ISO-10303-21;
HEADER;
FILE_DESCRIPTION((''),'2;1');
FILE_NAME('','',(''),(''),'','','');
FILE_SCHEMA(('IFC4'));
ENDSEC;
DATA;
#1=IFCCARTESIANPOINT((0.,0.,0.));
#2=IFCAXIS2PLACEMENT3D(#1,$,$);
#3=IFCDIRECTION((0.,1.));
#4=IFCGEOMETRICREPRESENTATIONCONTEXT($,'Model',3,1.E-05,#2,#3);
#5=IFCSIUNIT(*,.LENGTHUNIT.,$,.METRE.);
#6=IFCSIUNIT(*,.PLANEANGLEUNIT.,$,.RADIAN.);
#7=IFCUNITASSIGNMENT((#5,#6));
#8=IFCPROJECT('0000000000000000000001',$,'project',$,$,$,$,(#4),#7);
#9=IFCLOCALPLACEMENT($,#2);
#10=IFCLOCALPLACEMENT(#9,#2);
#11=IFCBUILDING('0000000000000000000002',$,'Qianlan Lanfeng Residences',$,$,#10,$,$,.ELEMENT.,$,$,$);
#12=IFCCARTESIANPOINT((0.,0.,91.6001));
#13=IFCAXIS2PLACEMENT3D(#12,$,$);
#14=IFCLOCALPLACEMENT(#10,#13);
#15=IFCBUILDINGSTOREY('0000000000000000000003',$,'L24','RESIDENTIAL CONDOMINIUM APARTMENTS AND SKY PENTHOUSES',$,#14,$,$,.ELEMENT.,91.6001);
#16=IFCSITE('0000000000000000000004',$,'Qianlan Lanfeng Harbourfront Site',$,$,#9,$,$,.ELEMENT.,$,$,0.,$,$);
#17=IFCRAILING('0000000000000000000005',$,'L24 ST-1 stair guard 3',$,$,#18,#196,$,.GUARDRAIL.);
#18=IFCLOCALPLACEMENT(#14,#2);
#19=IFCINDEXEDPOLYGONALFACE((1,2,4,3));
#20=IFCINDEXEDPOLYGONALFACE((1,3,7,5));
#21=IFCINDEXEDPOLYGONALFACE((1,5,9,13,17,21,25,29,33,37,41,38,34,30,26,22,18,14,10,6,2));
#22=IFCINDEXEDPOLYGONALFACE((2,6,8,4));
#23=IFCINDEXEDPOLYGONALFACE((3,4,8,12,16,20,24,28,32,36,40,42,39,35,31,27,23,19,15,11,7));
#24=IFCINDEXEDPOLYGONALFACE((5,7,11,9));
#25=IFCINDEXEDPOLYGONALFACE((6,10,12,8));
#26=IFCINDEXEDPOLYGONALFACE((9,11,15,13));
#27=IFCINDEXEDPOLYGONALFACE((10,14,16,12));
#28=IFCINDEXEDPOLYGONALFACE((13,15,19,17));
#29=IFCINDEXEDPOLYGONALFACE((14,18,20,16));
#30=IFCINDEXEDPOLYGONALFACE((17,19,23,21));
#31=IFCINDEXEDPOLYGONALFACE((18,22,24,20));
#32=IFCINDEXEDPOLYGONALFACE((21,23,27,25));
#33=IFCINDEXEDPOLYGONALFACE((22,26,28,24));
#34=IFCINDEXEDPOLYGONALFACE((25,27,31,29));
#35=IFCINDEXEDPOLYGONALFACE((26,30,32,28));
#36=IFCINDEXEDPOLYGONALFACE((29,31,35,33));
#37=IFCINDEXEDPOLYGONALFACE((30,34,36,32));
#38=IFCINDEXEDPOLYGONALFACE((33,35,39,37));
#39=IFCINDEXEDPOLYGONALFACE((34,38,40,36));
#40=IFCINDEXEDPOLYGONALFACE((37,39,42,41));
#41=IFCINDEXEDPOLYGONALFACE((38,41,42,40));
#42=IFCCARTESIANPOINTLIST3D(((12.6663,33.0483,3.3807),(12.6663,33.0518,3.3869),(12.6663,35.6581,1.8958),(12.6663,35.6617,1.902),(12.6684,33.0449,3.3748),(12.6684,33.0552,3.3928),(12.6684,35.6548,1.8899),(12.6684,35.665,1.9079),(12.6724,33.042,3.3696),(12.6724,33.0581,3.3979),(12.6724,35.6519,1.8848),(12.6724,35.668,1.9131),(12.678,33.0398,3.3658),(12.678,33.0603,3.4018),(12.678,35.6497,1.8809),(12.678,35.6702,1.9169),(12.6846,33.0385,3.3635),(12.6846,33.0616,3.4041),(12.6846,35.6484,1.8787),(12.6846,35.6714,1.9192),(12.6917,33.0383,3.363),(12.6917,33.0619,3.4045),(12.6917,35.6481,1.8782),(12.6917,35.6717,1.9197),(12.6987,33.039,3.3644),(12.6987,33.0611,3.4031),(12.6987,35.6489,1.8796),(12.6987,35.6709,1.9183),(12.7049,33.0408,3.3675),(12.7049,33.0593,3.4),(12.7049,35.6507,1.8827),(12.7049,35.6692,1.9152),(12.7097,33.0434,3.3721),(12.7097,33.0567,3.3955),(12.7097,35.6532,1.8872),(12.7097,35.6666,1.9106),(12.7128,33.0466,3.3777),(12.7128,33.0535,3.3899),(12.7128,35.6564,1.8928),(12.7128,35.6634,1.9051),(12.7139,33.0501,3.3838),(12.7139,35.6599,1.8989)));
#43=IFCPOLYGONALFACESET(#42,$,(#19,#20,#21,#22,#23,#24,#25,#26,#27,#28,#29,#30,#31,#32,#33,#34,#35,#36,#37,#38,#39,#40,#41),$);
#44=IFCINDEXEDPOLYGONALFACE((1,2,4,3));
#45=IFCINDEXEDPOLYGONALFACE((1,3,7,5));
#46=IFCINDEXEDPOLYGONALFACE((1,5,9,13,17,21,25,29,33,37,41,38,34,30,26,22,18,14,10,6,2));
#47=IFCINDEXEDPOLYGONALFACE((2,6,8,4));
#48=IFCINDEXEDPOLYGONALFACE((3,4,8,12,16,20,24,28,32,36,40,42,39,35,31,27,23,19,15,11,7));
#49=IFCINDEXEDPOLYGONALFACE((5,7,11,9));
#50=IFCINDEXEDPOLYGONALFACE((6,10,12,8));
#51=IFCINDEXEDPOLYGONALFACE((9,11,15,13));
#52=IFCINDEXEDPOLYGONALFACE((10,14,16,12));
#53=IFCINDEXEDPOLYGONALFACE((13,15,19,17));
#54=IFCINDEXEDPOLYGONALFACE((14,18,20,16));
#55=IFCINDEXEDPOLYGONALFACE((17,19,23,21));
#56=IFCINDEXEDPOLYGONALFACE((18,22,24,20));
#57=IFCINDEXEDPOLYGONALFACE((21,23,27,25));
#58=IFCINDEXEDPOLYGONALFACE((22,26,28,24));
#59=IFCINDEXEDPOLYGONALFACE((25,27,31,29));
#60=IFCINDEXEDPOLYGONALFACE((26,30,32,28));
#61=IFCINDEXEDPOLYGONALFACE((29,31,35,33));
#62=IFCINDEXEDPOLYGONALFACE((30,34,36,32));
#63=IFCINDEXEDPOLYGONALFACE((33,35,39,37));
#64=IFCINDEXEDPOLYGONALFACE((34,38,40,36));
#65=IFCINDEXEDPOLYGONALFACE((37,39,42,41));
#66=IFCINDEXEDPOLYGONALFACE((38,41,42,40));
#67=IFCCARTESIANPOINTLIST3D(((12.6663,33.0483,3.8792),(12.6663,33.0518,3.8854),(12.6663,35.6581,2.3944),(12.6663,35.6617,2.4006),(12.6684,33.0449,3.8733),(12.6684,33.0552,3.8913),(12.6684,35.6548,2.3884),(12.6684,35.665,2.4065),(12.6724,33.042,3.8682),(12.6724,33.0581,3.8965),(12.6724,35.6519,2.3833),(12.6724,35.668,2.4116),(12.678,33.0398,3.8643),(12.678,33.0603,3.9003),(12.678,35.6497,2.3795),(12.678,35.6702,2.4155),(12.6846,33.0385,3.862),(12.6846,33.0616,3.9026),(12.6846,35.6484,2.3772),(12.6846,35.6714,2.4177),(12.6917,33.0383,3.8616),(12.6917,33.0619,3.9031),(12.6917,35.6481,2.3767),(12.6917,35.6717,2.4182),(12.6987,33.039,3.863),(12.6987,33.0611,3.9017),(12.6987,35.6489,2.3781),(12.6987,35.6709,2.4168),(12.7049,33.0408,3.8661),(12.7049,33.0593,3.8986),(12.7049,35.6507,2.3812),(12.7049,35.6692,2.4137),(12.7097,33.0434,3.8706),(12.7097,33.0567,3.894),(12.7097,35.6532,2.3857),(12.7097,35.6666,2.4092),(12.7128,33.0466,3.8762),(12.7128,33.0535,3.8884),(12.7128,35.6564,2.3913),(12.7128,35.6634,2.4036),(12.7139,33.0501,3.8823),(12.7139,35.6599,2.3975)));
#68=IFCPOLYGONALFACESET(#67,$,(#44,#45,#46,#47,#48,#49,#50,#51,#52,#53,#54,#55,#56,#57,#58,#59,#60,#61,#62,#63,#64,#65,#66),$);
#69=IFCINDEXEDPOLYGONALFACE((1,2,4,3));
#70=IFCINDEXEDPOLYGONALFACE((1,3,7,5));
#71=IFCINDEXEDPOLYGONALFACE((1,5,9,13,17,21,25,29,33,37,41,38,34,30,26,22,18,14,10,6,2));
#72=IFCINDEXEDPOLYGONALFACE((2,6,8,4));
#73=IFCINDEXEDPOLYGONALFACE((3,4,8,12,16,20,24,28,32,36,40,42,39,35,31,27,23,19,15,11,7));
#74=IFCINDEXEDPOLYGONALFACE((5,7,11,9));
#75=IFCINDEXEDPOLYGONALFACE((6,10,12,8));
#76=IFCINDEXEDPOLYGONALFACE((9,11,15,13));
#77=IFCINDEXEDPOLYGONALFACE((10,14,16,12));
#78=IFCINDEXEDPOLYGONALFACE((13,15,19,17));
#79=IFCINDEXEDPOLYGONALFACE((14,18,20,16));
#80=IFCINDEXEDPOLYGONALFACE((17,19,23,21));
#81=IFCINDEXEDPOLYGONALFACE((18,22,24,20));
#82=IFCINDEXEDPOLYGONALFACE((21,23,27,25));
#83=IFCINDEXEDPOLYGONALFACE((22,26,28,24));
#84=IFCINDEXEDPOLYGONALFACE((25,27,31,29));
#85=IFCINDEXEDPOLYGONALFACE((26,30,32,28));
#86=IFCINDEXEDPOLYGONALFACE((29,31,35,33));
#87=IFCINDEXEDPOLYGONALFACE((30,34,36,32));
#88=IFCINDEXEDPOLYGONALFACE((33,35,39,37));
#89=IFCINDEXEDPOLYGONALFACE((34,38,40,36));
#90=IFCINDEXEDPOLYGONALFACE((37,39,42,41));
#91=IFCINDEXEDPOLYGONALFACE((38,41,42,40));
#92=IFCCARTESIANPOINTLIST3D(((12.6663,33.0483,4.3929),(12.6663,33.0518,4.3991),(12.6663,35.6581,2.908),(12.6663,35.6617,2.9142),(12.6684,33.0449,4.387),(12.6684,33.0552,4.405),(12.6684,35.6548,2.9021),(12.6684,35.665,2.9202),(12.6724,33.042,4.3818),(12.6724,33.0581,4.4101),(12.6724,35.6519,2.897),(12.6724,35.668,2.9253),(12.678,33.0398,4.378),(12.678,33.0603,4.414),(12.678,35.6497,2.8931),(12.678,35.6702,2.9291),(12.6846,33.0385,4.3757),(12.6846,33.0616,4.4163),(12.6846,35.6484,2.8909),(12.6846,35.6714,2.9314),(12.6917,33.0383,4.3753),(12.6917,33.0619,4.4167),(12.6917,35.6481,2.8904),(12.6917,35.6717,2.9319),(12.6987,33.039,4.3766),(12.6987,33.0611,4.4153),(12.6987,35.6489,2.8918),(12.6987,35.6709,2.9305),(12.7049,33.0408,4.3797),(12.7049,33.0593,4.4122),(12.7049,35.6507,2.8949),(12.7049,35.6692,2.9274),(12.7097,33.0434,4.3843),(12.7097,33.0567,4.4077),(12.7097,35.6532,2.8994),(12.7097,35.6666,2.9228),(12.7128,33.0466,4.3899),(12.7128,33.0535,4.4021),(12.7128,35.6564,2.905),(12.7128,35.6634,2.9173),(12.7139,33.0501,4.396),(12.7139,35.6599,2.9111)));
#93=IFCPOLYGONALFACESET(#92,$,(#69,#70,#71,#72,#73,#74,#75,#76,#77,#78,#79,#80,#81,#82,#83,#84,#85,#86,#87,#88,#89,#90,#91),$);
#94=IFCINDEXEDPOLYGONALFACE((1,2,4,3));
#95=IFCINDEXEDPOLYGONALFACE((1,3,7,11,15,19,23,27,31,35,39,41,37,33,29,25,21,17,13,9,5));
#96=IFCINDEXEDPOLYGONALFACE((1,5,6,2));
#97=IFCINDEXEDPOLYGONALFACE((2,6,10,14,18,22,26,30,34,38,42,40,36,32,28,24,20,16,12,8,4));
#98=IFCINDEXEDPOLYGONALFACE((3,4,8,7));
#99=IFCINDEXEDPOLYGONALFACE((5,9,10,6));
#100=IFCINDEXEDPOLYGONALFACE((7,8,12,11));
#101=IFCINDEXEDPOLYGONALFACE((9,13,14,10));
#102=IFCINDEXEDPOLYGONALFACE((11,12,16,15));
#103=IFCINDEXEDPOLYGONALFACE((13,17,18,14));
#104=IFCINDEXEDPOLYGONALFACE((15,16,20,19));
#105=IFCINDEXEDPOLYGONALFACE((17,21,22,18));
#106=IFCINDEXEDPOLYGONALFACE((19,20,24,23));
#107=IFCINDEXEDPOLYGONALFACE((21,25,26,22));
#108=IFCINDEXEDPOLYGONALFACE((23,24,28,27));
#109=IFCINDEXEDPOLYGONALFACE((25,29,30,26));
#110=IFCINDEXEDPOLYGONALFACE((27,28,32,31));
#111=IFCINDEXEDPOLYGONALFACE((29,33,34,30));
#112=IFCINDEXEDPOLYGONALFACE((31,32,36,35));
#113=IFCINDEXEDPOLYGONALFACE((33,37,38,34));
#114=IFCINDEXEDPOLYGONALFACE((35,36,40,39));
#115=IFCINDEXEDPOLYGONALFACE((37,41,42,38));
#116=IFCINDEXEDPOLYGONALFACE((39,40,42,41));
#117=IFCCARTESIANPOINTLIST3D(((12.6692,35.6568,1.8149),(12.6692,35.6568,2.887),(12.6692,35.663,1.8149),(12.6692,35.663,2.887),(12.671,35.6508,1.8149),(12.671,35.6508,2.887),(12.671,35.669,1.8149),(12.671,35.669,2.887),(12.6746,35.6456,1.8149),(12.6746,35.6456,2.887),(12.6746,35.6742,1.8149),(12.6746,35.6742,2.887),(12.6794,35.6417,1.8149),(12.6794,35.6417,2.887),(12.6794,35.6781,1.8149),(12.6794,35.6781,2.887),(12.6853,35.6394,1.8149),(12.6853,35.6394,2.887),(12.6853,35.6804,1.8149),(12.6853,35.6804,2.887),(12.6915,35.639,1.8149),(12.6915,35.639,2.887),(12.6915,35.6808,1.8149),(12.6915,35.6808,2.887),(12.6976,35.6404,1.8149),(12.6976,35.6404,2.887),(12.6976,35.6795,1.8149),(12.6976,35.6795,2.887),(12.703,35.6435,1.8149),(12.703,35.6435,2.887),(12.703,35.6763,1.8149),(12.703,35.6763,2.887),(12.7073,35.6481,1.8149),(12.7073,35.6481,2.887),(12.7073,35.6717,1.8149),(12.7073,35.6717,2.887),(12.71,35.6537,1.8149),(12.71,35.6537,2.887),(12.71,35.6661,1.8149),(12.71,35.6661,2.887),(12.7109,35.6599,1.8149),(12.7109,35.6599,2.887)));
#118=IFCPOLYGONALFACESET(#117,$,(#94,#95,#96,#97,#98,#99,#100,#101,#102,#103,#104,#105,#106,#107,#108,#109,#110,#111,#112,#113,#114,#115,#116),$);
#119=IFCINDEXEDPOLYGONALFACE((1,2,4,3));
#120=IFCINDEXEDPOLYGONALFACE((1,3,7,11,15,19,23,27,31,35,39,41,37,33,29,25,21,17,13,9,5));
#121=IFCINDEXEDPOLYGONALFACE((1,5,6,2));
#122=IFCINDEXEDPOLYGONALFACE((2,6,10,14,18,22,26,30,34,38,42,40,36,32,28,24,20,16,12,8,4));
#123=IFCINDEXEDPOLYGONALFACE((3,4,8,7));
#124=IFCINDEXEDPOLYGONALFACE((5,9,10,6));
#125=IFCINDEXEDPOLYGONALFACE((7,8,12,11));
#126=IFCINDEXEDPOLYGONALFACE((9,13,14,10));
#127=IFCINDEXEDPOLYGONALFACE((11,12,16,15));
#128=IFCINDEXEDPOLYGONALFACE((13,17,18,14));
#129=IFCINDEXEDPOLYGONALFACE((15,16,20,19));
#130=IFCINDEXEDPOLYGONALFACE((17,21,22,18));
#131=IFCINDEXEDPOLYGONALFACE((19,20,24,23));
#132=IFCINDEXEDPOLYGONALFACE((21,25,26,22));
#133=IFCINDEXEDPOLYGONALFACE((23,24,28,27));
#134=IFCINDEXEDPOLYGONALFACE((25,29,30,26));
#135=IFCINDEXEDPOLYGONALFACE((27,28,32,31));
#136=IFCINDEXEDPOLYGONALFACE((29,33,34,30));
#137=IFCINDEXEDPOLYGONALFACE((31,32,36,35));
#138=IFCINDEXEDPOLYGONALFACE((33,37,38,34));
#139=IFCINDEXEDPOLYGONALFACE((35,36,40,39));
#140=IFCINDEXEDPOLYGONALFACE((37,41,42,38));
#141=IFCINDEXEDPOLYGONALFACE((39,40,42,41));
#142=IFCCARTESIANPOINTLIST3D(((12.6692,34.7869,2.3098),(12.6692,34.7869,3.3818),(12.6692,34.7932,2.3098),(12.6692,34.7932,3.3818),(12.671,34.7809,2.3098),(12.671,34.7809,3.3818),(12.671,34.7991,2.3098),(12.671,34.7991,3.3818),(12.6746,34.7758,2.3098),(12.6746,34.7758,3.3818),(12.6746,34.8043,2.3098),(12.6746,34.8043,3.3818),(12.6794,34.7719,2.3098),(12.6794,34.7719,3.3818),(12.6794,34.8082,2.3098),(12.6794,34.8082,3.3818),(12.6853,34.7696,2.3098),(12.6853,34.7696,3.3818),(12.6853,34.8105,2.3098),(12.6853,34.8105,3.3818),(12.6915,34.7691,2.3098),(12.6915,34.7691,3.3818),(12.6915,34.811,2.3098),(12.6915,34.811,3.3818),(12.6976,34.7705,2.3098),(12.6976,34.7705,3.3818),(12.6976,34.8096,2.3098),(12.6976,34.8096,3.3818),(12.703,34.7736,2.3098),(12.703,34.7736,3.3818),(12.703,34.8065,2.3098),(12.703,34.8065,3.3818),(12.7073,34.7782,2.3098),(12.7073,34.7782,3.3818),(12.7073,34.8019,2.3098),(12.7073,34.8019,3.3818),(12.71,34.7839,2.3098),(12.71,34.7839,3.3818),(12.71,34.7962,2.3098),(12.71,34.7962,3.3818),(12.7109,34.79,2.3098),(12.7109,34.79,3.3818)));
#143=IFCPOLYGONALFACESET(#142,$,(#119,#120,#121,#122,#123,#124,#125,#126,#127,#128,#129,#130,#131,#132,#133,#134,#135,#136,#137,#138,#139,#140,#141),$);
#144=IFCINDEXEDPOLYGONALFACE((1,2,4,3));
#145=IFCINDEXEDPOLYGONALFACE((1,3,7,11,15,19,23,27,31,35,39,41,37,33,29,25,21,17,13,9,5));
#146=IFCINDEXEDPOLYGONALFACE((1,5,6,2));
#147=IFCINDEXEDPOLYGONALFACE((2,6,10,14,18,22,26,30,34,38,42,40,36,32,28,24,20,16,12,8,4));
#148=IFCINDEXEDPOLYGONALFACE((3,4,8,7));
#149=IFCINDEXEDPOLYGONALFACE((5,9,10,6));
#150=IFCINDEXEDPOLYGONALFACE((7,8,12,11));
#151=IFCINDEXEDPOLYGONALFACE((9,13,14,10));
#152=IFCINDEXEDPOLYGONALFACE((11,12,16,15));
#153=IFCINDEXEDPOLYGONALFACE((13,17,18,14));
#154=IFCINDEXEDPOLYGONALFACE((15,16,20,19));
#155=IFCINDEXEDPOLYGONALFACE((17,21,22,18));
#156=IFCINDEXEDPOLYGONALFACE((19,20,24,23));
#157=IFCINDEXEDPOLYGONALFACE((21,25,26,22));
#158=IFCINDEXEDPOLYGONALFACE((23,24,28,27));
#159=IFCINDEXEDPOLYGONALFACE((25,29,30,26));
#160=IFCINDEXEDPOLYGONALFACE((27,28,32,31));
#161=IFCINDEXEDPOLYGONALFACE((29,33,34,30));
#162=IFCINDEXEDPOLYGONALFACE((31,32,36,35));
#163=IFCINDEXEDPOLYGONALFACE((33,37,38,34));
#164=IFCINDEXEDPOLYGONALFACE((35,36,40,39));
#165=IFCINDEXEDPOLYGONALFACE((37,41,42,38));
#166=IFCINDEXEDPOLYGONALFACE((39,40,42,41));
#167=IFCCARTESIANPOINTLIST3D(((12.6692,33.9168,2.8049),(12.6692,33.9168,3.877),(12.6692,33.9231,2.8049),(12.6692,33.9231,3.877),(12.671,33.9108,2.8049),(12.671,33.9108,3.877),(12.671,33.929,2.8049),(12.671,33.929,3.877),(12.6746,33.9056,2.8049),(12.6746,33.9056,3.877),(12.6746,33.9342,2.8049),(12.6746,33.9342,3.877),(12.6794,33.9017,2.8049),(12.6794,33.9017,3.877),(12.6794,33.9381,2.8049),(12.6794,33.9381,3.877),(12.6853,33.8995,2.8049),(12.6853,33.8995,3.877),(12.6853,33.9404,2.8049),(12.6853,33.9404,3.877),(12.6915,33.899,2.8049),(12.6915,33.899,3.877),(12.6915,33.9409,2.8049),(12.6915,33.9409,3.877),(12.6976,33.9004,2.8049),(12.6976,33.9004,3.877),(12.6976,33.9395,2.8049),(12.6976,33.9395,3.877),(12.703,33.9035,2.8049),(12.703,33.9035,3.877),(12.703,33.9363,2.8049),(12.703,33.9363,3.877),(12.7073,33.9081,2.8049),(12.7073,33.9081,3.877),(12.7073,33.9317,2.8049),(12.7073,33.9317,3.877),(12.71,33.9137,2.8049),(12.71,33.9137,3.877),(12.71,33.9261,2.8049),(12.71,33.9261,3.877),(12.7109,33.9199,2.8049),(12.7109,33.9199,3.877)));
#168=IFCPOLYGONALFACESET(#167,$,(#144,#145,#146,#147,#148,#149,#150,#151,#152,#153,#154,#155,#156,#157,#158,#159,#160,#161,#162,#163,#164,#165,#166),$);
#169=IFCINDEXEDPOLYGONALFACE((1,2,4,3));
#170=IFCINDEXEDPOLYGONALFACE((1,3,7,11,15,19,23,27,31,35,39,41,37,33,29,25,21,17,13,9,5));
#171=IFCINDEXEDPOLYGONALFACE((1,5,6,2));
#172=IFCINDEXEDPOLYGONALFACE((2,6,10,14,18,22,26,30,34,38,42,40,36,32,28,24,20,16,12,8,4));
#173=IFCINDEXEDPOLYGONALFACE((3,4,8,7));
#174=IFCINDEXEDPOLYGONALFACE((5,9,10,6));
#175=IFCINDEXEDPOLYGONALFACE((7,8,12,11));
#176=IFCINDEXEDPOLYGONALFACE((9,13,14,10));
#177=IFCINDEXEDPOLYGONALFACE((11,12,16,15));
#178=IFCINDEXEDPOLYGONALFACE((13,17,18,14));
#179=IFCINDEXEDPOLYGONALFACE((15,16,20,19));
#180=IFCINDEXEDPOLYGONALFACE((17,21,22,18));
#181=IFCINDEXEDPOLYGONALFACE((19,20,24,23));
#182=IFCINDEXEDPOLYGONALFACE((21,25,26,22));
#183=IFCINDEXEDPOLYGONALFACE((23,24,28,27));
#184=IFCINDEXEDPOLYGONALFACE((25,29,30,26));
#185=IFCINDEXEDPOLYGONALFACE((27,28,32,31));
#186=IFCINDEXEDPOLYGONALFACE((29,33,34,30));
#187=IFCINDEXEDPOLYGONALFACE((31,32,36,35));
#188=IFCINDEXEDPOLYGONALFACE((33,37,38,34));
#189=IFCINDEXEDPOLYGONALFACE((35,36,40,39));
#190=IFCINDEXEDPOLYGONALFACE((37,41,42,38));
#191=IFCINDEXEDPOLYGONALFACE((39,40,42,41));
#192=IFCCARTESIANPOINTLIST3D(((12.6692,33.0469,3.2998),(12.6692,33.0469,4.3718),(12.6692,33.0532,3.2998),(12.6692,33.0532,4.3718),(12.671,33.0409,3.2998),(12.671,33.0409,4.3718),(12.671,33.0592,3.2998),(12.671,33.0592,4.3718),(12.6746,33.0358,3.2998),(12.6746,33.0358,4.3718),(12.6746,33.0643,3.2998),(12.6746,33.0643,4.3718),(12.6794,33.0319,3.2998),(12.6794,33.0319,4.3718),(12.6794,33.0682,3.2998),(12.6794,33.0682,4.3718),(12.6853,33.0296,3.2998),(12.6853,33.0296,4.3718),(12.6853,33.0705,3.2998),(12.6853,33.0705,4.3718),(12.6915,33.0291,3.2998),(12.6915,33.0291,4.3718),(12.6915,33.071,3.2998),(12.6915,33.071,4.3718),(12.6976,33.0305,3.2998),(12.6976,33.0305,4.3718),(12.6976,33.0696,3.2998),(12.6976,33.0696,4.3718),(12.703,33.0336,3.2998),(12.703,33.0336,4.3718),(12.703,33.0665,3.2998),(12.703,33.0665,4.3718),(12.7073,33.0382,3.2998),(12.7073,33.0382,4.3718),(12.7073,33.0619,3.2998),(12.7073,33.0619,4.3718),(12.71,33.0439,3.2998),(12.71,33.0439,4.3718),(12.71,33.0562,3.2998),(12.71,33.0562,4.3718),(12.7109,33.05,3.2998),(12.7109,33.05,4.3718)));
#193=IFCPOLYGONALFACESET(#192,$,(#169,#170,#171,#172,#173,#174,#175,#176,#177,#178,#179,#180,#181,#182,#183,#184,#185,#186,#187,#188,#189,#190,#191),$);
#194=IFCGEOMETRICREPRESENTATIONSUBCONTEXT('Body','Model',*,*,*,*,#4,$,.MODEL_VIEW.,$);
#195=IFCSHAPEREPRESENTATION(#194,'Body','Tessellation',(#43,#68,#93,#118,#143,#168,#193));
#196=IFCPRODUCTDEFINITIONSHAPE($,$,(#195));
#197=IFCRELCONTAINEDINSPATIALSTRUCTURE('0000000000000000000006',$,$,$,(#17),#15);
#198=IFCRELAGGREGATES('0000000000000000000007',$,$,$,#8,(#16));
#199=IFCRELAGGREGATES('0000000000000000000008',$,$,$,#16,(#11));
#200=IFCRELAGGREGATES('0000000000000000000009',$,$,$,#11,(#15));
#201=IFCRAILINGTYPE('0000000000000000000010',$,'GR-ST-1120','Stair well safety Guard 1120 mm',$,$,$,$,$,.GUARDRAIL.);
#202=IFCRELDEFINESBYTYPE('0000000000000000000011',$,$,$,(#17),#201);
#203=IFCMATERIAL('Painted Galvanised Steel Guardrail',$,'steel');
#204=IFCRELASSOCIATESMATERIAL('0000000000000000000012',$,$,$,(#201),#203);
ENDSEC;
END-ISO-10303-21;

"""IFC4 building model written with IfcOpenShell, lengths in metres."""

from ifc_helpers import new_model, si_unit, direction, frame, origin, origin_2d, place, context, subcontext, project, spatial, circle, extrude, material, type_object, element, save


model = new_model("IFC4")

# Units and contexts
model_context = context("Model", 3, precision=1e-05, world=origin(), true_north=direction((0.0, 1.0)))
body_context = subcontext(model_context, "Body", "Model", "MODEL_VIEW")
ifc_project = project(units=[si_unit("LENGTHUNIT", "METRE"), si_unit("PLANEANGLEUNIT", "RADIAN")], contexts=[model_context])

# Site, building, storey
site_placement = place(None, origin())
site = spatial("IfcSite", under=ifc_project, at=site_placement, Name="Qianlan Lanfeng Harbourfront Site", CompositionType="ELEMENT", RefElevation=0.0)
building_placement = place(site_placement, origin())
building = spatial("IfcBuilding", under=site, at=building_placement, Name="Qianlan Lanfeng Residences", CompositionType="ELEMENT")
storey_placement = place(building_placement, frame((0.0, 0.0, 91.6001)))
storey = spatial("IfcBuildingStorey", under=building, at=storey_placement, Name="L24", Description="RESIDENTIAL CONDOMINIUM APARTMENTS AND SKY PENTHOUSES", CompositionType="ELEMENT", Elevation=91.6001)

# Railing
ifc_material_1 = material(Name="Painted Galvanised Steel Guardrail", Category="steel")
railing_type_1 = type_object("IfcRailingType", Name="GR-ST-1120", Description="Stair well safety Guard 1120 mm", PredefinedType="GUARDRAIL", material=ifc_material_1)
railing_1_placement = place(storey_placement, frame((12.6899, 35.6599, 1.8149)))
element("IfcRailing", 1, at=railing_1_placement, inside=storey, type_object=railing_type_1, Name="L24 ST-1 stair guard 3", PredefinedType="GUARDRAIL", context=body_context, shape_type="SweptSolid", body=[
    extrude(circle(Radius=0.0239, at=origin_2d()), frame((0.0, 0.0, 0.084), z_axis=(0.0, -0.869172, 0.494509), x_axis=(1.0, 0.0, 0.0)), (0.0, 0.0, 1.0), 3.0027),
    extrude(circle(Radius=0.0239, at=origin_2d()), frame((0.0, 0.0, 0.5825), z_axis=(0.0, -0.869172, 0.494509), x_axis=(1.0, 0.0, 0.0)), (0.0, 0.0, 1.0), 3.0027),
    extrude(circle(Radius=0.0239, at=origin_2d()), frame((0.0, 0.0, 1.0962), z_axis=(0.0, -0.869172, 0.494509), x_axis=(1.0, 0.0, 0.0)), (0.0, 0.0, 1.0), 3.0027),
    extrude(circle(Radius=0.021, at=origin_2d()), origin(), (0.0, 0.0, 1.0), 1.072),
    extrude(circle(Radius=0.021, at=origin_2d()), frame((0.0, -0.8699, 0.4949)), (0.0, 0.0, 1.0), 1.072),
    extrude(circle(Radius=0.021, at=origin_2d()), frame((0.0, -1.74, 0.99)), (0.0, 0.0, 1.0), 1.072),
    extrude(circle(Radius=0.021, at=origin_2d()), frame((0.0, -2.6099, 1.4849)), (0.0, 0.0, 1.0), 1.072),
])

save(model, "model.ifc")
